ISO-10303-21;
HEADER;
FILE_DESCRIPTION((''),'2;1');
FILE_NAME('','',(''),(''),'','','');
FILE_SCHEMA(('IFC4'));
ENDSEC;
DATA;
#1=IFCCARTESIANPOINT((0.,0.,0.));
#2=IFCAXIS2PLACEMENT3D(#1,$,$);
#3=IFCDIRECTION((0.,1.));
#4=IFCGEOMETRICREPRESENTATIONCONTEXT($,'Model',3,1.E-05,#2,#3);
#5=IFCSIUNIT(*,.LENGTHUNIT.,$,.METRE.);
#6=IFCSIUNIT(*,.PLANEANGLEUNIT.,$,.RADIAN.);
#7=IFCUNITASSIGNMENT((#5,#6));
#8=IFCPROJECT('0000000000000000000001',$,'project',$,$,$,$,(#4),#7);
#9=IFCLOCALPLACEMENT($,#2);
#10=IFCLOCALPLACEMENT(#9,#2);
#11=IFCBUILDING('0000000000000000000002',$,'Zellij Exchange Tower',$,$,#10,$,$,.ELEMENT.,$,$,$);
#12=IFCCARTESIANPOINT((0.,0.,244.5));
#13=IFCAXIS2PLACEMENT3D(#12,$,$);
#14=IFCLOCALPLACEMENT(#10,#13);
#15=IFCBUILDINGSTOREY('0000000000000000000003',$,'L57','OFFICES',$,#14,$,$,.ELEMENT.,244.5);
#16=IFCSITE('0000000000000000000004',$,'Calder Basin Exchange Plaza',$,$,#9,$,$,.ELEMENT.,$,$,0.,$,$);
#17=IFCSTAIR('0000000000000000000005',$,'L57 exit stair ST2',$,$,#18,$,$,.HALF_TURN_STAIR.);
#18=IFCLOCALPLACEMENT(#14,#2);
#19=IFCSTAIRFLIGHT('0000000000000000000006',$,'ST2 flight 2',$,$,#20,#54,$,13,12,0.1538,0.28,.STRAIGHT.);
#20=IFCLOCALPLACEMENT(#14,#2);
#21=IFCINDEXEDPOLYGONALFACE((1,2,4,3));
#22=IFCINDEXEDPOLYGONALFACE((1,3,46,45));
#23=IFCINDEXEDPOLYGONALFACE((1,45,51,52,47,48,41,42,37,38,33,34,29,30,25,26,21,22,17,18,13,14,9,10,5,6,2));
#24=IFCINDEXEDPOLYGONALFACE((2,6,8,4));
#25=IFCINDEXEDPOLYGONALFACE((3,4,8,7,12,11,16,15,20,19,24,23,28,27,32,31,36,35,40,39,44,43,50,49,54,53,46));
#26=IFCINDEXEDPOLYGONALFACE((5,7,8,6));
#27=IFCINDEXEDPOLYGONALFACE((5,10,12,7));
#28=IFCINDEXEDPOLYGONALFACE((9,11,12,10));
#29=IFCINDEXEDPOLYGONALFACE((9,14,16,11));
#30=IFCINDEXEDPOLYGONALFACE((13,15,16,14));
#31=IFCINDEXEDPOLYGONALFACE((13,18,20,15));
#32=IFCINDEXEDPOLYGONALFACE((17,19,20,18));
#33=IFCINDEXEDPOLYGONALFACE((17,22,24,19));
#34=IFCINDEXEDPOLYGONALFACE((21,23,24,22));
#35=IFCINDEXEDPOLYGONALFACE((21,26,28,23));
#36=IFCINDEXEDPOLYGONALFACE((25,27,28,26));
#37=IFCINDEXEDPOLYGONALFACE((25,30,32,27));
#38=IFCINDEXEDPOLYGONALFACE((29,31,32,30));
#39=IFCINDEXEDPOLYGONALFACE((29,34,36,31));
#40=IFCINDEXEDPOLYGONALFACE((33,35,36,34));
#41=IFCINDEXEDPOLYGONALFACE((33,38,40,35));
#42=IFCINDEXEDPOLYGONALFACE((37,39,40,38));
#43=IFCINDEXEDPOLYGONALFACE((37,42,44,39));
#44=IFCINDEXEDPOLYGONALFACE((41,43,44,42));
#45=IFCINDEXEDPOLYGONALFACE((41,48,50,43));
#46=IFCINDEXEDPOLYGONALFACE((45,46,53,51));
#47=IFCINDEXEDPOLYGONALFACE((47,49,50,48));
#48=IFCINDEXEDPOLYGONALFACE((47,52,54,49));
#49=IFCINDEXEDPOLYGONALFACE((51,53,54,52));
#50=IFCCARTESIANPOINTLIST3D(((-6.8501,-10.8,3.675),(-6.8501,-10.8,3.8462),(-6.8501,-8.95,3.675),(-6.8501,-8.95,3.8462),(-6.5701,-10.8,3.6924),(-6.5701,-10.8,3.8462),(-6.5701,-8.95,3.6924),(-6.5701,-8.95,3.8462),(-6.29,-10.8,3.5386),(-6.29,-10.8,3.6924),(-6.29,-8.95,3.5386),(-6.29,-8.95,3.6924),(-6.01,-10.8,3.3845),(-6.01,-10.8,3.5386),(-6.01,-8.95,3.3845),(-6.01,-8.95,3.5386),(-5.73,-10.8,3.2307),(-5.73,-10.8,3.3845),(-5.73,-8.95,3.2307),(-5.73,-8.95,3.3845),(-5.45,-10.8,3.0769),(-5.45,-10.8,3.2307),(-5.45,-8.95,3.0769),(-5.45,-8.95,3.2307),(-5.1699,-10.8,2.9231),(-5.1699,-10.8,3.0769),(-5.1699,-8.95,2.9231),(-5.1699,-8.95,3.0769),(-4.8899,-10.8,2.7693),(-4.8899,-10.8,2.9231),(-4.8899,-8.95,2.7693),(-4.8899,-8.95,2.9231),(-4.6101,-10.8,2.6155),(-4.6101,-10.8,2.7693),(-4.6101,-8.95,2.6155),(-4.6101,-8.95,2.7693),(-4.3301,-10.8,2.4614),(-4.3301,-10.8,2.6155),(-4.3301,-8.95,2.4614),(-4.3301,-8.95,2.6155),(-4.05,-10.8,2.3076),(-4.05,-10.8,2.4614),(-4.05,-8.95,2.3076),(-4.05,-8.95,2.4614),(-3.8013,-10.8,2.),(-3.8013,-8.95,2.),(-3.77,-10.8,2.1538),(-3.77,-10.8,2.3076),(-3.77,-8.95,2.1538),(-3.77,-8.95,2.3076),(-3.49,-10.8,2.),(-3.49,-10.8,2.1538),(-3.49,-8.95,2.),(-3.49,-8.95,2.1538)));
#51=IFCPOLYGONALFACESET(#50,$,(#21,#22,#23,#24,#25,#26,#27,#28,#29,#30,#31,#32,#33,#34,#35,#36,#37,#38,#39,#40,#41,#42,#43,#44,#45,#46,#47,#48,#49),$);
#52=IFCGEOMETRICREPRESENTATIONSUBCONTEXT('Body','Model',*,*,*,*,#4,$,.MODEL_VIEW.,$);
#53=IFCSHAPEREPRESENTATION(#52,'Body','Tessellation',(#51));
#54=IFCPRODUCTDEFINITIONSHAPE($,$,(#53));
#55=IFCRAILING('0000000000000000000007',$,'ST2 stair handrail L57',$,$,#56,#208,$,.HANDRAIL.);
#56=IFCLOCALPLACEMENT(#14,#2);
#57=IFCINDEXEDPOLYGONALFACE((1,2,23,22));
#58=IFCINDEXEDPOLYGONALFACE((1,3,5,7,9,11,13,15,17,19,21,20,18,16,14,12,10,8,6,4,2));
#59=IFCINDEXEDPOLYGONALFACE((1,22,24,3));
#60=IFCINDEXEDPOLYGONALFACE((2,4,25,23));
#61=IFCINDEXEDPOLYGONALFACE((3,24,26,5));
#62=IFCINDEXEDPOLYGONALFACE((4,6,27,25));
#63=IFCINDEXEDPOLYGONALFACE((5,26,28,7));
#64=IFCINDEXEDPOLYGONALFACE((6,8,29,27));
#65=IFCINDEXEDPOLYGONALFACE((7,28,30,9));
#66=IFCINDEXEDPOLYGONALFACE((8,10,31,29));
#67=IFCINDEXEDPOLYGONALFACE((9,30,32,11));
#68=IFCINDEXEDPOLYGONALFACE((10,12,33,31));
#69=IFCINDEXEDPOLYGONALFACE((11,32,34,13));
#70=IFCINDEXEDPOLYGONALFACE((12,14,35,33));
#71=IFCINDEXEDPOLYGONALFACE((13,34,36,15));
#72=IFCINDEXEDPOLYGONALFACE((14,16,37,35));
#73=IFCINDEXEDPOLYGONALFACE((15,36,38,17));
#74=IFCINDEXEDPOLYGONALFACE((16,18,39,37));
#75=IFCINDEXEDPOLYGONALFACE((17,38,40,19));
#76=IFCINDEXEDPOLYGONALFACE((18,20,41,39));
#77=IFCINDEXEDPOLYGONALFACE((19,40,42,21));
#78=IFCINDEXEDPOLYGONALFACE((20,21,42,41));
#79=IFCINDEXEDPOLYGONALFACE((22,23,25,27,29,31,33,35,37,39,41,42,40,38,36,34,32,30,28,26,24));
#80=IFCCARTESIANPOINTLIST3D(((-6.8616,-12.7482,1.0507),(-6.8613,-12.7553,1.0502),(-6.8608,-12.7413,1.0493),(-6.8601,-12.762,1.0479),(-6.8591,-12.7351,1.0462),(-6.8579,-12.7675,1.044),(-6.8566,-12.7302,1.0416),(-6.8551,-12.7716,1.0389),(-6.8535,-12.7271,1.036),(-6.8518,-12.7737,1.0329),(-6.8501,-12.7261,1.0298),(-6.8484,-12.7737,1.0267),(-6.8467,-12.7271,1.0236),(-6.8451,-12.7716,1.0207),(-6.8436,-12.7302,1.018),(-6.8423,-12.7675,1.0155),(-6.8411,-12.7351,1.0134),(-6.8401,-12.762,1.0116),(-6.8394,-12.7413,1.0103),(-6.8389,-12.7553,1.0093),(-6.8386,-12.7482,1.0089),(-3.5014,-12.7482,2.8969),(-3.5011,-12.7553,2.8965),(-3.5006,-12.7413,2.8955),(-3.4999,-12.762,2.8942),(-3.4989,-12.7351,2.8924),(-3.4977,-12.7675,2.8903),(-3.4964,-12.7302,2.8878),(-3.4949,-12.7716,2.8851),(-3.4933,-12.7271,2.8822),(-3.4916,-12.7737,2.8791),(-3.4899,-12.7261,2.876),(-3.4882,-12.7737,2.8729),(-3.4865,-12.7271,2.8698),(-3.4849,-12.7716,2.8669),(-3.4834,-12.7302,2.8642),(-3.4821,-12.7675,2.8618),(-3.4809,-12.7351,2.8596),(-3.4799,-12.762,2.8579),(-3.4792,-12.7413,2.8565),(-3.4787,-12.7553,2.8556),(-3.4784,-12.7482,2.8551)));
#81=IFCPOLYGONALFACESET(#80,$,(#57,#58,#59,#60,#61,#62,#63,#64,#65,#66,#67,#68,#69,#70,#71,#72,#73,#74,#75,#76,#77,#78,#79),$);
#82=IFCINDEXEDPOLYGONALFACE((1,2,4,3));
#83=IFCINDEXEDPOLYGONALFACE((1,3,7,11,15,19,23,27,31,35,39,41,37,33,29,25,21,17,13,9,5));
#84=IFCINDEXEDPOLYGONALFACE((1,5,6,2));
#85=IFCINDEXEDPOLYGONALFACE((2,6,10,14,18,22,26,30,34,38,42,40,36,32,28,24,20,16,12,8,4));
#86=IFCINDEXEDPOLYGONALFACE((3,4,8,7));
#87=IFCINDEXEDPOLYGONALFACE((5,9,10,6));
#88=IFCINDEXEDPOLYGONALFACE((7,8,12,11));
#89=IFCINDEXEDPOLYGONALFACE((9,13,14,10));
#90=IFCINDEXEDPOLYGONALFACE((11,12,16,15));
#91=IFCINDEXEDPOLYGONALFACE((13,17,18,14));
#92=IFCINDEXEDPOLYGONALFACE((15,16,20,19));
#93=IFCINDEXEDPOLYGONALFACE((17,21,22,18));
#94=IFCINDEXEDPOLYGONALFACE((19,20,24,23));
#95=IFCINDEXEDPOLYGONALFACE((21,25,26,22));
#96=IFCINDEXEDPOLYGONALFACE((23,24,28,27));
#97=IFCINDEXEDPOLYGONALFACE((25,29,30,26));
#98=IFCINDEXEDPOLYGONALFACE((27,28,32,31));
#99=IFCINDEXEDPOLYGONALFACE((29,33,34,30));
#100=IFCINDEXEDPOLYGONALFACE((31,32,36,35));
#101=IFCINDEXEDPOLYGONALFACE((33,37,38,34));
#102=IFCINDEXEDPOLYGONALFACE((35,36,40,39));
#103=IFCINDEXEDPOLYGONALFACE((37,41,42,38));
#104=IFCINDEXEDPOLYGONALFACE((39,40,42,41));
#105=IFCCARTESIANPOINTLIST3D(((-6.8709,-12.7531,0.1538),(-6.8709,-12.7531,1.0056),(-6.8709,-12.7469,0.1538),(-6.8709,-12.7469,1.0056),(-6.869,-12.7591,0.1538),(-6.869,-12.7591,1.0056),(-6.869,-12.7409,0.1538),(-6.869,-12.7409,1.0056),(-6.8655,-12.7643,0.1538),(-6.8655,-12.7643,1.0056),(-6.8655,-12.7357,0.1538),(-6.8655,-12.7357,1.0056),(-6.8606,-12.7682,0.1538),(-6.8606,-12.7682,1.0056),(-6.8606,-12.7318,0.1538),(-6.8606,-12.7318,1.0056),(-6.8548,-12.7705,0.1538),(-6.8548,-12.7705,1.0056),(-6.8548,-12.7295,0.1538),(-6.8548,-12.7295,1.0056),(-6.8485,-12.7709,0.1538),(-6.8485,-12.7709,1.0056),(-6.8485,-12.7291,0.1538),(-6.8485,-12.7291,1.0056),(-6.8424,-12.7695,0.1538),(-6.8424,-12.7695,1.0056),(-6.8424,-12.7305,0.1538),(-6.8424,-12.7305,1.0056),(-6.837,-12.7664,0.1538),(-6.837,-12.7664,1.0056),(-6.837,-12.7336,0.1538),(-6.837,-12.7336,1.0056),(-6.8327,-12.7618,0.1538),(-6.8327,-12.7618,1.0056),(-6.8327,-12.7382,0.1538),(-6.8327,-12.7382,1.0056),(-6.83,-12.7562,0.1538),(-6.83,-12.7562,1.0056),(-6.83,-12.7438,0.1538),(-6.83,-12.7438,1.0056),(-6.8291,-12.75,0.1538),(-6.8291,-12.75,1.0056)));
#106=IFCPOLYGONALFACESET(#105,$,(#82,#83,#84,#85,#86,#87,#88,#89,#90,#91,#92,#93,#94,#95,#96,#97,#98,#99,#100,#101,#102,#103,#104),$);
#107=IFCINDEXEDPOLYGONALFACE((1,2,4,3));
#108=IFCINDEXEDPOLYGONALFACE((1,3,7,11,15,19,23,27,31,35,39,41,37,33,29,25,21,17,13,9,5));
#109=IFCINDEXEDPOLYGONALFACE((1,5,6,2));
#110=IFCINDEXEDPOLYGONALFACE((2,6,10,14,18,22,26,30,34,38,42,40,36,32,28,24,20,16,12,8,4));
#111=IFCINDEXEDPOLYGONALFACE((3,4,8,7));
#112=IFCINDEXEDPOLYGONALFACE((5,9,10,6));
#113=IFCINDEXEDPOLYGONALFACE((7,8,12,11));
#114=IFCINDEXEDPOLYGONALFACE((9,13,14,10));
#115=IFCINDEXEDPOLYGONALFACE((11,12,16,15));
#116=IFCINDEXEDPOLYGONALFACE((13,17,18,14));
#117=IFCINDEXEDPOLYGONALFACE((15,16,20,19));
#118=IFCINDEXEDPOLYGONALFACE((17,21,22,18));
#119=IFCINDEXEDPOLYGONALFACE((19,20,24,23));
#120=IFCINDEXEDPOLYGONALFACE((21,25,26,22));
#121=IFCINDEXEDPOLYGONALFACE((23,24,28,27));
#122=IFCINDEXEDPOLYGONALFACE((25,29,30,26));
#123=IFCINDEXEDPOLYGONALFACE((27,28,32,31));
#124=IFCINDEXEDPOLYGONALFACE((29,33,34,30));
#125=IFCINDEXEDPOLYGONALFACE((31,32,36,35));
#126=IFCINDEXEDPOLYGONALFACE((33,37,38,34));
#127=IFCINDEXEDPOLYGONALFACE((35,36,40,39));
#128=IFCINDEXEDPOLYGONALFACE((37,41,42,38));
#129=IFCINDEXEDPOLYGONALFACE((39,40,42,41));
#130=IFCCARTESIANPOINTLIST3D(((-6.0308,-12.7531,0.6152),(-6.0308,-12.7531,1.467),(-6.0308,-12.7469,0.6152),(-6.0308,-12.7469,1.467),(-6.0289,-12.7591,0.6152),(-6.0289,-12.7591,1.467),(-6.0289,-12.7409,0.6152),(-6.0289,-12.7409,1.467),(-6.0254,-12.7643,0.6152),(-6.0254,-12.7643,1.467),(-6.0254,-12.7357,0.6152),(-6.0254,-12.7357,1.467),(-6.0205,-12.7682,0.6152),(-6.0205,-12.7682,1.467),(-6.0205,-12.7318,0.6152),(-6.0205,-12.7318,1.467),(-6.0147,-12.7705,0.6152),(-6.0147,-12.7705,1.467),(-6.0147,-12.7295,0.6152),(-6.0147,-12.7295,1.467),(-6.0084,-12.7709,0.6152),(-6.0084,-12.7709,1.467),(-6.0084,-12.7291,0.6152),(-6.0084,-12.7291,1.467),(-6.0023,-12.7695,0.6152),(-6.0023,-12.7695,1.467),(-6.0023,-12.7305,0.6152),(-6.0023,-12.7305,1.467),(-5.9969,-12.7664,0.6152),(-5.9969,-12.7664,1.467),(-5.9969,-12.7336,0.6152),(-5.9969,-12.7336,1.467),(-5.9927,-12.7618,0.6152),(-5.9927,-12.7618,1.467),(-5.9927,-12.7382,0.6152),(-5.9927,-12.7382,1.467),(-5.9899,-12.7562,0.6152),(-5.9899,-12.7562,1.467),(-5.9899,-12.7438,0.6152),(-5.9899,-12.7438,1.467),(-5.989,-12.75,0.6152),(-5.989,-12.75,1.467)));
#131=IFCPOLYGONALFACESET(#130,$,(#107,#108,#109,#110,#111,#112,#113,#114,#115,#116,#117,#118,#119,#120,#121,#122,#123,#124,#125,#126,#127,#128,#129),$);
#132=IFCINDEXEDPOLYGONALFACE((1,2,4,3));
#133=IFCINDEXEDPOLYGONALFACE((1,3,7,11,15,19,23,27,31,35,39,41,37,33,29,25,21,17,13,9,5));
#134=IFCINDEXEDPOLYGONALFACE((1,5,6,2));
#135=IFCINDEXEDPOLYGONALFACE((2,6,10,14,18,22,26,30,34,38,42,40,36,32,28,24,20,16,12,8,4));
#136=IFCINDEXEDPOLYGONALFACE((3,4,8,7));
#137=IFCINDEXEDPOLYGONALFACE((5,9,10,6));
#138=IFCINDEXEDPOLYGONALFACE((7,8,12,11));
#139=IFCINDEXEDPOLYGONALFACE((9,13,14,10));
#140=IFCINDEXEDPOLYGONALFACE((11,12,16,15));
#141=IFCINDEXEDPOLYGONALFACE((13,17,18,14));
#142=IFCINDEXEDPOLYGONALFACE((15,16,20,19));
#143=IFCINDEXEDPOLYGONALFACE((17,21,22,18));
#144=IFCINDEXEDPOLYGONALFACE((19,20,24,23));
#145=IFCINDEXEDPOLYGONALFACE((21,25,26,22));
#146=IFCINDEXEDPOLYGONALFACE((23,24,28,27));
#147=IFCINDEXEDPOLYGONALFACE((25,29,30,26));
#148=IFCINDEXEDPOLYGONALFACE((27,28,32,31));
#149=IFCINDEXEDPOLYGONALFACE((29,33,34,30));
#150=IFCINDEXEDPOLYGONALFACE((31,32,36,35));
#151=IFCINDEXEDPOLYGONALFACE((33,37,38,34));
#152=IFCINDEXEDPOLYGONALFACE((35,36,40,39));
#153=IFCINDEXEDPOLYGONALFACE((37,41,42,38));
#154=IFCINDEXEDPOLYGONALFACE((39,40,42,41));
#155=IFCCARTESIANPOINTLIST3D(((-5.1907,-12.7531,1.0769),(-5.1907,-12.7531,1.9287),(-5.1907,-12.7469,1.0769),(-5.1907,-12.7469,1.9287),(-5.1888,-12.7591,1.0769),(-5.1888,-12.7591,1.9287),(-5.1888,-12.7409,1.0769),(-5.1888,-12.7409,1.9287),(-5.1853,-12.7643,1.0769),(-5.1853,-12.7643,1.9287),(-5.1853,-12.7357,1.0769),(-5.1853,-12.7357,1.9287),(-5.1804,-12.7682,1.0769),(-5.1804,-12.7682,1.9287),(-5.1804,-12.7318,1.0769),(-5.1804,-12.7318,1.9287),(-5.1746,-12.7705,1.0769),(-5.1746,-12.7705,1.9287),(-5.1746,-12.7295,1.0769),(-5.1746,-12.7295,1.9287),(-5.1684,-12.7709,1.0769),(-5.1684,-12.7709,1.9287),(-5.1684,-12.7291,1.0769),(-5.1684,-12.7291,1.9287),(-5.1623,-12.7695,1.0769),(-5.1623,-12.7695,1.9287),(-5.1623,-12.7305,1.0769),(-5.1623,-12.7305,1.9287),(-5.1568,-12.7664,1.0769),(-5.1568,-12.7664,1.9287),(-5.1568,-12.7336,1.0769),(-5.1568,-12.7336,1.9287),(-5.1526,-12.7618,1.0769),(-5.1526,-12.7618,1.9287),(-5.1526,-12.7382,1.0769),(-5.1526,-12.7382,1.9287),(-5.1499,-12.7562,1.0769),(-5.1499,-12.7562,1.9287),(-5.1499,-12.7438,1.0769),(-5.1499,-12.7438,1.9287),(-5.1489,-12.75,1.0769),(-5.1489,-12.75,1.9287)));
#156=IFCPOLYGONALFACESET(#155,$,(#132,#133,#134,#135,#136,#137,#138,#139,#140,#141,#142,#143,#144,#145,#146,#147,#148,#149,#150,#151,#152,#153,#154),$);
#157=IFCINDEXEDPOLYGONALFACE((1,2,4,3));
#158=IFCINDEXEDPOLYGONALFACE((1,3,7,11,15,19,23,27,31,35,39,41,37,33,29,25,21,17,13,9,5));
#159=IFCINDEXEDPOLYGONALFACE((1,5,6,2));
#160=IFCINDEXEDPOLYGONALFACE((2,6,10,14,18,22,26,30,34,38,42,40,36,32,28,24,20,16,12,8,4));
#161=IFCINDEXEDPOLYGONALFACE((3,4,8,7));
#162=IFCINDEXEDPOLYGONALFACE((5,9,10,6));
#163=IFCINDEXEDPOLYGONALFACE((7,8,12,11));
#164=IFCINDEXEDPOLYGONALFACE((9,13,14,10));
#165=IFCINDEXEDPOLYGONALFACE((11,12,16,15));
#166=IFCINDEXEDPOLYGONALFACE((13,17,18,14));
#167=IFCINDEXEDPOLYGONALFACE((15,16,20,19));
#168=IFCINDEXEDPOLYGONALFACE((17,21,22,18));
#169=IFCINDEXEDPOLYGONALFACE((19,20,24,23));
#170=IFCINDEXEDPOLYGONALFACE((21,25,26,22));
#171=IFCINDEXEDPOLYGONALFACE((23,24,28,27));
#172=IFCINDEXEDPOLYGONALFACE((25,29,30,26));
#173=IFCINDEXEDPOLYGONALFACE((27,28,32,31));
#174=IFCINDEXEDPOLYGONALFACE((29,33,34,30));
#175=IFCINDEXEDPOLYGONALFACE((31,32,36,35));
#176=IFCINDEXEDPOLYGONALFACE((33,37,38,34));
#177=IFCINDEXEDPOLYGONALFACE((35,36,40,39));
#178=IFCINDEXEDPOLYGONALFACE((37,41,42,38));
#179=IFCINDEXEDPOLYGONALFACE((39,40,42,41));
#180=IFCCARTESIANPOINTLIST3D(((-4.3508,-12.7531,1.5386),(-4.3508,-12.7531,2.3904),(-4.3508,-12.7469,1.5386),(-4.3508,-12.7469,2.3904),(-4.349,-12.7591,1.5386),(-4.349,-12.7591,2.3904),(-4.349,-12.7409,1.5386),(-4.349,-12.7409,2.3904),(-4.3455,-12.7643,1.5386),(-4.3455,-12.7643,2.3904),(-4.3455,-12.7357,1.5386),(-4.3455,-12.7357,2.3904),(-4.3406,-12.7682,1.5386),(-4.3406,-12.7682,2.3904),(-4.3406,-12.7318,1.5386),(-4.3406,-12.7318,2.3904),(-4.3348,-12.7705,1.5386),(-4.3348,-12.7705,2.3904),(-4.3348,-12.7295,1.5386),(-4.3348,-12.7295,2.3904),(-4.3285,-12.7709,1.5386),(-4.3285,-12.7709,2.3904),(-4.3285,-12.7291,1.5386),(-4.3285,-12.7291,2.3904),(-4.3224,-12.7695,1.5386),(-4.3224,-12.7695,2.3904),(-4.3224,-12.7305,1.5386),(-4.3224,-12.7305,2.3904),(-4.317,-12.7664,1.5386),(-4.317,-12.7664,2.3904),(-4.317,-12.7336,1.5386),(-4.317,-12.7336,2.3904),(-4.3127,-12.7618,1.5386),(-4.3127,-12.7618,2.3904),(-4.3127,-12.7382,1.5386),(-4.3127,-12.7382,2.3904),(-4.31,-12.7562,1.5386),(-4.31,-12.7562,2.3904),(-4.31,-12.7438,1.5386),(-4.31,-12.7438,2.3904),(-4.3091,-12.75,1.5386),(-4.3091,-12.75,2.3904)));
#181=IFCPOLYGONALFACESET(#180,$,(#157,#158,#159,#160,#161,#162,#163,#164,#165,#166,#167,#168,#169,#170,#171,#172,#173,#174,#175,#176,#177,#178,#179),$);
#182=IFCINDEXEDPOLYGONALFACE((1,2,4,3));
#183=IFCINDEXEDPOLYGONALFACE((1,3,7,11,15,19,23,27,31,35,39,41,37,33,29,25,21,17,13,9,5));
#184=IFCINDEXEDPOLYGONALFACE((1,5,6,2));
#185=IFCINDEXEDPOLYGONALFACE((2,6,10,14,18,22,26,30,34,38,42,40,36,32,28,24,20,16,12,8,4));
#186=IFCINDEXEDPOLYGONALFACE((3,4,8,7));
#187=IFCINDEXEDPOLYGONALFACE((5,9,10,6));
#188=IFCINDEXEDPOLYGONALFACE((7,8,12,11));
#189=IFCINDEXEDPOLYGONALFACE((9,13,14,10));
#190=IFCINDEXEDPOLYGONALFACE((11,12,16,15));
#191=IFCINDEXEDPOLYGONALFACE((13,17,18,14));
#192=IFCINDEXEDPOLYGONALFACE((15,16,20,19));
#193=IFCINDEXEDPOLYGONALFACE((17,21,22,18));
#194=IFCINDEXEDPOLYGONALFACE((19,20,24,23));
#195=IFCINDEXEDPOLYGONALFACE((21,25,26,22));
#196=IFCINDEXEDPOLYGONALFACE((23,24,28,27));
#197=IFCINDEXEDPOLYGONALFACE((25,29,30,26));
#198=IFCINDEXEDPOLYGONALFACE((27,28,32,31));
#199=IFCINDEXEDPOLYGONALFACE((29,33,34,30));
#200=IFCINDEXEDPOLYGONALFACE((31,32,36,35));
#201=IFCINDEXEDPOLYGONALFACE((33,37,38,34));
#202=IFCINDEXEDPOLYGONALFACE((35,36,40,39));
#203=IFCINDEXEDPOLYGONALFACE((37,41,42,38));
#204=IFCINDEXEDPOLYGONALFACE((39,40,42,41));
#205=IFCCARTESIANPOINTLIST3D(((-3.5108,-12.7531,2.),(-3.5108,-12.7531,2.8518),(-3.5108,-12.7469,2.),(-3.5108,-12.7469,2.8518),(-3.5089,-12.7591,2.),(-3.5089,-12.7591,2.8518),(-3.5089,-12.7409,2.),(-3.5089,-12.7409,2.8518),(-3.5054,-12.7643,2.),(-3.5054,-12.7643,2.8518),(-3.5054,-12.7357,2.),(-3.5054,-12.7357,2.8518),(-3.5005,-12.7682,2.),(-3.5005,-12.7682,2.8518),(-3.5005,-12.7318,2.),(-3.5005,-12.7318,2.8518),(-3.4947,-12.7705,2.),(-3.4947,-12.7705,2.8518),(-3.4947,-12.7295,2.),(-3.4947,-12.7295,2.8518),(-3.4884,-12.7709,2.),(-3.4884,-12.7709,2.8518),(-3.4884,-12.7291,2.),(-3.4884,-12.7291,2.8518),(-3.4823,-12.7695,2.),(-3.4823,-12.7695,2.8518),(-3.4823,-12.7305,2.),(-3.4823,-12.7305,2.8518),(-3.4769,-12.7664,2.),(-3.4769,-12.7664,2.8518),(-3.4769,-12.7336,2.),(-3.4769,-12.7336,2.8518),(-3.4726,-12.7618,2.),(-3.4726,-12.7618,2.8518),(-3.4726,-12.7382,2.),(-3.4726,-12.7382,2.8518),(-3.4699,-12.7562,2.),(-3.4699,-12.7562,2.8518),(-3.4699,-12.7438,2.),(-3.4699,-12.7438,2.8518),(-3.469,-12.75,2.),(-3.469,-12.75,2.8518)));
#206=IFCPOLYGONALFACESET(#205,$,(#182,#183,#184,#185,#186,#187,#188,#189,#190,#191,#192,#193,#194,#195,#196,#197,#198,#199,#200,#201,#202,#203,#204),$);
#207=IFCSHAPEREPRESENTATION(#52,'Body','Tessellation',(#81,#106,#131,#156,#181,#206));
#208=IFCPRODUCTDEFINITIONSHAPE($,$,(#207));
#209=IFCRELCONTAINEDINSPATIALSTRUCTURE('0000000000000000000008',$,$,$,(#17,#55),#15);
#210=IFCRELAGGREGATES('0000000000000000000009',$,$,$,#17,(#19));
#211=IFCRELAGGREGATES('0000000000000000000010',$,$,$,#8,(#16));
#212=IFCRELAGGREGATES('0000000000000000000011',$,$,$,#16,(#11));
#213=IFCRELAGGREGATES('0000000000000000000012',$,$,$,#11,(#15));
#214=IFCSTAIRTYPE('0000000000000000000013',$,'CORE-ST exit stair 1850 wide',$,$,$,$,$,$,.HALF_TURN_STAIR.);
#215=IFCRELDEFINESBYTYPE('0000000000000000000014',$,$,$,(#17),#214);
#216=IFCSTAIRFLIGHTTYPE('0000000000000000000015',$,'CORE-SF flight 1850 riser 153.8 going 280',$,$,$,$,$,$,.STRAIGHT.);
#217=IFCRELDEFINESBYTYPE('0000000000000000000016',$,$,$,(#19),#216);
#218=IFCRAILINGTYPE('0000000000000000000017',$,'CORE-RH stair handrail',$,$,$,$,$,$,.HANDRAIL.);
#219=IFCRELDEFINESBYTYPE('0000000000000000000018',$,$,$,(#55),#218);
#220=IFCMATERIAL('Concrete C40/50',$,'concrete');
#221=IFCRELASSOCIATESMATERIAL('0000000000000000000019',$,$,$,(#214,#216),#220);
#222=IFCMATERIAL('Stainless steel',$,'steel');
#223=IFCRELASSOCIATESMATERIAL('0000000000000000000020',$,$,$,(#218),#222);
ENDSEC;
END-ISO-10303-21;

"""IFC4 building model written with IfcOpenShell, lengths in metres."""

from ifc_helpers import new_model, si_unit, direction, frame, origin, origin_2d, place, context, subcontext, project, spatial, polyline, circle, outline, extrude, material, type_object, element, aggregate, save


model = new_model("IFC4")

# Units and contexts
model_context = context("Model", 3, precision=1e-05, world=origin(), true_north=direction((0.0, 1.0)))
body_context = subcontext(model_context, "Body", "Model", "MODEL_VIEW")
ifc_project = project(units=[si_unit("LENGTHUNIT", "METRE"), si_unit("PLANEANGLEUNIT", "RADIAN")], contexts=[model_context])

# Site, building, storey
site_placement = place(None, origin())
site = spatial("IfcSite", under=ifc_project, at=site_placement, Name="Calder Basin Exchange Plaza", CompositionType="ELEMENT", RefElevation=0.0)
building_placement = place(site_placement, origin())
building = spatial("IfcBuilding", under=site, at=building_placement, Name="Zellij Exchange Tower", CompositionType="ELEMENT")
storey_placement = place(building_placement, frame((0.0, 0.0, 244.5)))
storey = spatial("IfcBuildingStorey", under=building, at=storey_placement, Name="L57", Description="OFFICES", CompositionType="ELEMENT", Elevation=244.5)

# Shared definitions
ifc_material_1 = material(Name="Concrete C40/50", Category="concrete")

# Stair, stair flight
stair_type = type_object("IfcStairType", Name="CORE-ST exit stair 1850 wide", PredefinedType="HALF_TURN_STAIR", material=ifc_material_1)
stair_placement = place(storey_placement, origin())
stair = element("IfcStair", 1, at=stair_placement, inside=storey, type_object=stair_type, Name="L57 exit stair ST2", PredefinedType="HALF_TURN_STAIR")
stair_flight_type = type_object("IfcStairFlightType", Name="CORE-SF flight 1850 riser 153.8 going 280", PredefinedType="STRAIGHT", material=ifc_material_1)
stair_flight_1_placement = place(storey_placement, frame((-3.49, -9.875, 2.0), z_axis=(0.0, 0.0, 1.0), x_axis=(-1.0, 0.0, 0.0)))
stair_flight_1 = element("IfcStairFlight", 2, at=stair_flight_1_placement, type_object=stair_flight_type, Name="ST2 flight 2", NumberOfRisers=13, NumberOfTreads=12, PredefinedType="STRAIGHT", RiserHeight=0.1538, TreadLength=0.28, context=body_context, shape_type="SweptSolid", body=[
    extrude(outline(polyline([(0.0, 0.0), (0.0, 0.1538), (0.28, 0.1538), (0.28, 0.3076), (0.5601, 0.3076), (0.5601, 0.4614), (0.8401, 0.4614), (0.8401, 0.6155), (1.1201, 0.6155), (1.1201, 0.7693), (1.3999, 0.7693), (1.3999, 0.9231), (1.6799, 0.9231), (1.6799, 1.0769), (1.96, 1.0769), (1.96, 1.2307), (2.24, 1.2307), (2.24, 1.3845), (2.52, 1.3845), (2.52, 1.5386), (2.8, 1.5386), (2.8, 1.6924), (3.0801, 1.6924), (3.0801, 1.8462), (3.3601, 1.8462), (3.3601, 2.0), (3.3601, 1.675), (0.3113, 0.0), (0.0, 0.0)])), frame((0.0, 0.925, 0.0), z_axis=(0.0, -1.0, 0.0), x_axis=(1.0, 0.0, 0.0)), (0.0, 0.0, 1.0), 1.8501),
])
aggregate(stair, [stair_flight_1])

# Railing
ifc_material_2 = material(Name="Stainless steel", Category="steel")
railing_type_1 = type_object("IfcRailingType", Name="CORE-RH stair handrail", PredefinedType="HANDRAIL", material=ifc_material_2)
railing_1_placement = place(storey_placement, frame((-6.8501, -12.75, 0.1538)))
element("IfcRailing", 3, at=railing_1_placement, inside=storey, type_object=railing_type_1, Name="ST2 stair handrail L57", PredefinedType="HANDRAIL", context=body_context, shape_type="SweptSolid", body=[
    extrude(circle(Radius=0.0239, at=origin_2d()), frame((0.0, 0.0, 0.876), z_axis=(0.876422, 0.0, 0.481545), x_axis=(0.0, 1.0, 0.0)), (0.0, 0.0, 1.0), 3.834),
    extrude(circle(Radius=0.021, at=origin_2d()), origin(), (0.0, 0.0, 1.0), 0.8518),
    extrude(circle(Radius=0.021, at=origin_2d()), frame((0.8401, 0.0, 0.4614)), (0.0, 0.0, 1.0), 0.8518),
    extrude(circle(Radius=0.021, at=origin_2d()), frame((1.6802, 0.0, 0.9231)), (0.0, 0.0, 1.0), 0.8518),
    extrude(circle(Radius=0.021, at=origin_2d()), frame((2.52, 0.0, 1.3848)), (0.0, 0.0, 1.0), 0.8518),
    extrude(circle(Radius=0.021, at=origin_2d()), frame((3.3601, 0.0, 1.8462)), (0.0, 0.0, 1.0), 0.8518),
])

save(model, "model.ifc")
